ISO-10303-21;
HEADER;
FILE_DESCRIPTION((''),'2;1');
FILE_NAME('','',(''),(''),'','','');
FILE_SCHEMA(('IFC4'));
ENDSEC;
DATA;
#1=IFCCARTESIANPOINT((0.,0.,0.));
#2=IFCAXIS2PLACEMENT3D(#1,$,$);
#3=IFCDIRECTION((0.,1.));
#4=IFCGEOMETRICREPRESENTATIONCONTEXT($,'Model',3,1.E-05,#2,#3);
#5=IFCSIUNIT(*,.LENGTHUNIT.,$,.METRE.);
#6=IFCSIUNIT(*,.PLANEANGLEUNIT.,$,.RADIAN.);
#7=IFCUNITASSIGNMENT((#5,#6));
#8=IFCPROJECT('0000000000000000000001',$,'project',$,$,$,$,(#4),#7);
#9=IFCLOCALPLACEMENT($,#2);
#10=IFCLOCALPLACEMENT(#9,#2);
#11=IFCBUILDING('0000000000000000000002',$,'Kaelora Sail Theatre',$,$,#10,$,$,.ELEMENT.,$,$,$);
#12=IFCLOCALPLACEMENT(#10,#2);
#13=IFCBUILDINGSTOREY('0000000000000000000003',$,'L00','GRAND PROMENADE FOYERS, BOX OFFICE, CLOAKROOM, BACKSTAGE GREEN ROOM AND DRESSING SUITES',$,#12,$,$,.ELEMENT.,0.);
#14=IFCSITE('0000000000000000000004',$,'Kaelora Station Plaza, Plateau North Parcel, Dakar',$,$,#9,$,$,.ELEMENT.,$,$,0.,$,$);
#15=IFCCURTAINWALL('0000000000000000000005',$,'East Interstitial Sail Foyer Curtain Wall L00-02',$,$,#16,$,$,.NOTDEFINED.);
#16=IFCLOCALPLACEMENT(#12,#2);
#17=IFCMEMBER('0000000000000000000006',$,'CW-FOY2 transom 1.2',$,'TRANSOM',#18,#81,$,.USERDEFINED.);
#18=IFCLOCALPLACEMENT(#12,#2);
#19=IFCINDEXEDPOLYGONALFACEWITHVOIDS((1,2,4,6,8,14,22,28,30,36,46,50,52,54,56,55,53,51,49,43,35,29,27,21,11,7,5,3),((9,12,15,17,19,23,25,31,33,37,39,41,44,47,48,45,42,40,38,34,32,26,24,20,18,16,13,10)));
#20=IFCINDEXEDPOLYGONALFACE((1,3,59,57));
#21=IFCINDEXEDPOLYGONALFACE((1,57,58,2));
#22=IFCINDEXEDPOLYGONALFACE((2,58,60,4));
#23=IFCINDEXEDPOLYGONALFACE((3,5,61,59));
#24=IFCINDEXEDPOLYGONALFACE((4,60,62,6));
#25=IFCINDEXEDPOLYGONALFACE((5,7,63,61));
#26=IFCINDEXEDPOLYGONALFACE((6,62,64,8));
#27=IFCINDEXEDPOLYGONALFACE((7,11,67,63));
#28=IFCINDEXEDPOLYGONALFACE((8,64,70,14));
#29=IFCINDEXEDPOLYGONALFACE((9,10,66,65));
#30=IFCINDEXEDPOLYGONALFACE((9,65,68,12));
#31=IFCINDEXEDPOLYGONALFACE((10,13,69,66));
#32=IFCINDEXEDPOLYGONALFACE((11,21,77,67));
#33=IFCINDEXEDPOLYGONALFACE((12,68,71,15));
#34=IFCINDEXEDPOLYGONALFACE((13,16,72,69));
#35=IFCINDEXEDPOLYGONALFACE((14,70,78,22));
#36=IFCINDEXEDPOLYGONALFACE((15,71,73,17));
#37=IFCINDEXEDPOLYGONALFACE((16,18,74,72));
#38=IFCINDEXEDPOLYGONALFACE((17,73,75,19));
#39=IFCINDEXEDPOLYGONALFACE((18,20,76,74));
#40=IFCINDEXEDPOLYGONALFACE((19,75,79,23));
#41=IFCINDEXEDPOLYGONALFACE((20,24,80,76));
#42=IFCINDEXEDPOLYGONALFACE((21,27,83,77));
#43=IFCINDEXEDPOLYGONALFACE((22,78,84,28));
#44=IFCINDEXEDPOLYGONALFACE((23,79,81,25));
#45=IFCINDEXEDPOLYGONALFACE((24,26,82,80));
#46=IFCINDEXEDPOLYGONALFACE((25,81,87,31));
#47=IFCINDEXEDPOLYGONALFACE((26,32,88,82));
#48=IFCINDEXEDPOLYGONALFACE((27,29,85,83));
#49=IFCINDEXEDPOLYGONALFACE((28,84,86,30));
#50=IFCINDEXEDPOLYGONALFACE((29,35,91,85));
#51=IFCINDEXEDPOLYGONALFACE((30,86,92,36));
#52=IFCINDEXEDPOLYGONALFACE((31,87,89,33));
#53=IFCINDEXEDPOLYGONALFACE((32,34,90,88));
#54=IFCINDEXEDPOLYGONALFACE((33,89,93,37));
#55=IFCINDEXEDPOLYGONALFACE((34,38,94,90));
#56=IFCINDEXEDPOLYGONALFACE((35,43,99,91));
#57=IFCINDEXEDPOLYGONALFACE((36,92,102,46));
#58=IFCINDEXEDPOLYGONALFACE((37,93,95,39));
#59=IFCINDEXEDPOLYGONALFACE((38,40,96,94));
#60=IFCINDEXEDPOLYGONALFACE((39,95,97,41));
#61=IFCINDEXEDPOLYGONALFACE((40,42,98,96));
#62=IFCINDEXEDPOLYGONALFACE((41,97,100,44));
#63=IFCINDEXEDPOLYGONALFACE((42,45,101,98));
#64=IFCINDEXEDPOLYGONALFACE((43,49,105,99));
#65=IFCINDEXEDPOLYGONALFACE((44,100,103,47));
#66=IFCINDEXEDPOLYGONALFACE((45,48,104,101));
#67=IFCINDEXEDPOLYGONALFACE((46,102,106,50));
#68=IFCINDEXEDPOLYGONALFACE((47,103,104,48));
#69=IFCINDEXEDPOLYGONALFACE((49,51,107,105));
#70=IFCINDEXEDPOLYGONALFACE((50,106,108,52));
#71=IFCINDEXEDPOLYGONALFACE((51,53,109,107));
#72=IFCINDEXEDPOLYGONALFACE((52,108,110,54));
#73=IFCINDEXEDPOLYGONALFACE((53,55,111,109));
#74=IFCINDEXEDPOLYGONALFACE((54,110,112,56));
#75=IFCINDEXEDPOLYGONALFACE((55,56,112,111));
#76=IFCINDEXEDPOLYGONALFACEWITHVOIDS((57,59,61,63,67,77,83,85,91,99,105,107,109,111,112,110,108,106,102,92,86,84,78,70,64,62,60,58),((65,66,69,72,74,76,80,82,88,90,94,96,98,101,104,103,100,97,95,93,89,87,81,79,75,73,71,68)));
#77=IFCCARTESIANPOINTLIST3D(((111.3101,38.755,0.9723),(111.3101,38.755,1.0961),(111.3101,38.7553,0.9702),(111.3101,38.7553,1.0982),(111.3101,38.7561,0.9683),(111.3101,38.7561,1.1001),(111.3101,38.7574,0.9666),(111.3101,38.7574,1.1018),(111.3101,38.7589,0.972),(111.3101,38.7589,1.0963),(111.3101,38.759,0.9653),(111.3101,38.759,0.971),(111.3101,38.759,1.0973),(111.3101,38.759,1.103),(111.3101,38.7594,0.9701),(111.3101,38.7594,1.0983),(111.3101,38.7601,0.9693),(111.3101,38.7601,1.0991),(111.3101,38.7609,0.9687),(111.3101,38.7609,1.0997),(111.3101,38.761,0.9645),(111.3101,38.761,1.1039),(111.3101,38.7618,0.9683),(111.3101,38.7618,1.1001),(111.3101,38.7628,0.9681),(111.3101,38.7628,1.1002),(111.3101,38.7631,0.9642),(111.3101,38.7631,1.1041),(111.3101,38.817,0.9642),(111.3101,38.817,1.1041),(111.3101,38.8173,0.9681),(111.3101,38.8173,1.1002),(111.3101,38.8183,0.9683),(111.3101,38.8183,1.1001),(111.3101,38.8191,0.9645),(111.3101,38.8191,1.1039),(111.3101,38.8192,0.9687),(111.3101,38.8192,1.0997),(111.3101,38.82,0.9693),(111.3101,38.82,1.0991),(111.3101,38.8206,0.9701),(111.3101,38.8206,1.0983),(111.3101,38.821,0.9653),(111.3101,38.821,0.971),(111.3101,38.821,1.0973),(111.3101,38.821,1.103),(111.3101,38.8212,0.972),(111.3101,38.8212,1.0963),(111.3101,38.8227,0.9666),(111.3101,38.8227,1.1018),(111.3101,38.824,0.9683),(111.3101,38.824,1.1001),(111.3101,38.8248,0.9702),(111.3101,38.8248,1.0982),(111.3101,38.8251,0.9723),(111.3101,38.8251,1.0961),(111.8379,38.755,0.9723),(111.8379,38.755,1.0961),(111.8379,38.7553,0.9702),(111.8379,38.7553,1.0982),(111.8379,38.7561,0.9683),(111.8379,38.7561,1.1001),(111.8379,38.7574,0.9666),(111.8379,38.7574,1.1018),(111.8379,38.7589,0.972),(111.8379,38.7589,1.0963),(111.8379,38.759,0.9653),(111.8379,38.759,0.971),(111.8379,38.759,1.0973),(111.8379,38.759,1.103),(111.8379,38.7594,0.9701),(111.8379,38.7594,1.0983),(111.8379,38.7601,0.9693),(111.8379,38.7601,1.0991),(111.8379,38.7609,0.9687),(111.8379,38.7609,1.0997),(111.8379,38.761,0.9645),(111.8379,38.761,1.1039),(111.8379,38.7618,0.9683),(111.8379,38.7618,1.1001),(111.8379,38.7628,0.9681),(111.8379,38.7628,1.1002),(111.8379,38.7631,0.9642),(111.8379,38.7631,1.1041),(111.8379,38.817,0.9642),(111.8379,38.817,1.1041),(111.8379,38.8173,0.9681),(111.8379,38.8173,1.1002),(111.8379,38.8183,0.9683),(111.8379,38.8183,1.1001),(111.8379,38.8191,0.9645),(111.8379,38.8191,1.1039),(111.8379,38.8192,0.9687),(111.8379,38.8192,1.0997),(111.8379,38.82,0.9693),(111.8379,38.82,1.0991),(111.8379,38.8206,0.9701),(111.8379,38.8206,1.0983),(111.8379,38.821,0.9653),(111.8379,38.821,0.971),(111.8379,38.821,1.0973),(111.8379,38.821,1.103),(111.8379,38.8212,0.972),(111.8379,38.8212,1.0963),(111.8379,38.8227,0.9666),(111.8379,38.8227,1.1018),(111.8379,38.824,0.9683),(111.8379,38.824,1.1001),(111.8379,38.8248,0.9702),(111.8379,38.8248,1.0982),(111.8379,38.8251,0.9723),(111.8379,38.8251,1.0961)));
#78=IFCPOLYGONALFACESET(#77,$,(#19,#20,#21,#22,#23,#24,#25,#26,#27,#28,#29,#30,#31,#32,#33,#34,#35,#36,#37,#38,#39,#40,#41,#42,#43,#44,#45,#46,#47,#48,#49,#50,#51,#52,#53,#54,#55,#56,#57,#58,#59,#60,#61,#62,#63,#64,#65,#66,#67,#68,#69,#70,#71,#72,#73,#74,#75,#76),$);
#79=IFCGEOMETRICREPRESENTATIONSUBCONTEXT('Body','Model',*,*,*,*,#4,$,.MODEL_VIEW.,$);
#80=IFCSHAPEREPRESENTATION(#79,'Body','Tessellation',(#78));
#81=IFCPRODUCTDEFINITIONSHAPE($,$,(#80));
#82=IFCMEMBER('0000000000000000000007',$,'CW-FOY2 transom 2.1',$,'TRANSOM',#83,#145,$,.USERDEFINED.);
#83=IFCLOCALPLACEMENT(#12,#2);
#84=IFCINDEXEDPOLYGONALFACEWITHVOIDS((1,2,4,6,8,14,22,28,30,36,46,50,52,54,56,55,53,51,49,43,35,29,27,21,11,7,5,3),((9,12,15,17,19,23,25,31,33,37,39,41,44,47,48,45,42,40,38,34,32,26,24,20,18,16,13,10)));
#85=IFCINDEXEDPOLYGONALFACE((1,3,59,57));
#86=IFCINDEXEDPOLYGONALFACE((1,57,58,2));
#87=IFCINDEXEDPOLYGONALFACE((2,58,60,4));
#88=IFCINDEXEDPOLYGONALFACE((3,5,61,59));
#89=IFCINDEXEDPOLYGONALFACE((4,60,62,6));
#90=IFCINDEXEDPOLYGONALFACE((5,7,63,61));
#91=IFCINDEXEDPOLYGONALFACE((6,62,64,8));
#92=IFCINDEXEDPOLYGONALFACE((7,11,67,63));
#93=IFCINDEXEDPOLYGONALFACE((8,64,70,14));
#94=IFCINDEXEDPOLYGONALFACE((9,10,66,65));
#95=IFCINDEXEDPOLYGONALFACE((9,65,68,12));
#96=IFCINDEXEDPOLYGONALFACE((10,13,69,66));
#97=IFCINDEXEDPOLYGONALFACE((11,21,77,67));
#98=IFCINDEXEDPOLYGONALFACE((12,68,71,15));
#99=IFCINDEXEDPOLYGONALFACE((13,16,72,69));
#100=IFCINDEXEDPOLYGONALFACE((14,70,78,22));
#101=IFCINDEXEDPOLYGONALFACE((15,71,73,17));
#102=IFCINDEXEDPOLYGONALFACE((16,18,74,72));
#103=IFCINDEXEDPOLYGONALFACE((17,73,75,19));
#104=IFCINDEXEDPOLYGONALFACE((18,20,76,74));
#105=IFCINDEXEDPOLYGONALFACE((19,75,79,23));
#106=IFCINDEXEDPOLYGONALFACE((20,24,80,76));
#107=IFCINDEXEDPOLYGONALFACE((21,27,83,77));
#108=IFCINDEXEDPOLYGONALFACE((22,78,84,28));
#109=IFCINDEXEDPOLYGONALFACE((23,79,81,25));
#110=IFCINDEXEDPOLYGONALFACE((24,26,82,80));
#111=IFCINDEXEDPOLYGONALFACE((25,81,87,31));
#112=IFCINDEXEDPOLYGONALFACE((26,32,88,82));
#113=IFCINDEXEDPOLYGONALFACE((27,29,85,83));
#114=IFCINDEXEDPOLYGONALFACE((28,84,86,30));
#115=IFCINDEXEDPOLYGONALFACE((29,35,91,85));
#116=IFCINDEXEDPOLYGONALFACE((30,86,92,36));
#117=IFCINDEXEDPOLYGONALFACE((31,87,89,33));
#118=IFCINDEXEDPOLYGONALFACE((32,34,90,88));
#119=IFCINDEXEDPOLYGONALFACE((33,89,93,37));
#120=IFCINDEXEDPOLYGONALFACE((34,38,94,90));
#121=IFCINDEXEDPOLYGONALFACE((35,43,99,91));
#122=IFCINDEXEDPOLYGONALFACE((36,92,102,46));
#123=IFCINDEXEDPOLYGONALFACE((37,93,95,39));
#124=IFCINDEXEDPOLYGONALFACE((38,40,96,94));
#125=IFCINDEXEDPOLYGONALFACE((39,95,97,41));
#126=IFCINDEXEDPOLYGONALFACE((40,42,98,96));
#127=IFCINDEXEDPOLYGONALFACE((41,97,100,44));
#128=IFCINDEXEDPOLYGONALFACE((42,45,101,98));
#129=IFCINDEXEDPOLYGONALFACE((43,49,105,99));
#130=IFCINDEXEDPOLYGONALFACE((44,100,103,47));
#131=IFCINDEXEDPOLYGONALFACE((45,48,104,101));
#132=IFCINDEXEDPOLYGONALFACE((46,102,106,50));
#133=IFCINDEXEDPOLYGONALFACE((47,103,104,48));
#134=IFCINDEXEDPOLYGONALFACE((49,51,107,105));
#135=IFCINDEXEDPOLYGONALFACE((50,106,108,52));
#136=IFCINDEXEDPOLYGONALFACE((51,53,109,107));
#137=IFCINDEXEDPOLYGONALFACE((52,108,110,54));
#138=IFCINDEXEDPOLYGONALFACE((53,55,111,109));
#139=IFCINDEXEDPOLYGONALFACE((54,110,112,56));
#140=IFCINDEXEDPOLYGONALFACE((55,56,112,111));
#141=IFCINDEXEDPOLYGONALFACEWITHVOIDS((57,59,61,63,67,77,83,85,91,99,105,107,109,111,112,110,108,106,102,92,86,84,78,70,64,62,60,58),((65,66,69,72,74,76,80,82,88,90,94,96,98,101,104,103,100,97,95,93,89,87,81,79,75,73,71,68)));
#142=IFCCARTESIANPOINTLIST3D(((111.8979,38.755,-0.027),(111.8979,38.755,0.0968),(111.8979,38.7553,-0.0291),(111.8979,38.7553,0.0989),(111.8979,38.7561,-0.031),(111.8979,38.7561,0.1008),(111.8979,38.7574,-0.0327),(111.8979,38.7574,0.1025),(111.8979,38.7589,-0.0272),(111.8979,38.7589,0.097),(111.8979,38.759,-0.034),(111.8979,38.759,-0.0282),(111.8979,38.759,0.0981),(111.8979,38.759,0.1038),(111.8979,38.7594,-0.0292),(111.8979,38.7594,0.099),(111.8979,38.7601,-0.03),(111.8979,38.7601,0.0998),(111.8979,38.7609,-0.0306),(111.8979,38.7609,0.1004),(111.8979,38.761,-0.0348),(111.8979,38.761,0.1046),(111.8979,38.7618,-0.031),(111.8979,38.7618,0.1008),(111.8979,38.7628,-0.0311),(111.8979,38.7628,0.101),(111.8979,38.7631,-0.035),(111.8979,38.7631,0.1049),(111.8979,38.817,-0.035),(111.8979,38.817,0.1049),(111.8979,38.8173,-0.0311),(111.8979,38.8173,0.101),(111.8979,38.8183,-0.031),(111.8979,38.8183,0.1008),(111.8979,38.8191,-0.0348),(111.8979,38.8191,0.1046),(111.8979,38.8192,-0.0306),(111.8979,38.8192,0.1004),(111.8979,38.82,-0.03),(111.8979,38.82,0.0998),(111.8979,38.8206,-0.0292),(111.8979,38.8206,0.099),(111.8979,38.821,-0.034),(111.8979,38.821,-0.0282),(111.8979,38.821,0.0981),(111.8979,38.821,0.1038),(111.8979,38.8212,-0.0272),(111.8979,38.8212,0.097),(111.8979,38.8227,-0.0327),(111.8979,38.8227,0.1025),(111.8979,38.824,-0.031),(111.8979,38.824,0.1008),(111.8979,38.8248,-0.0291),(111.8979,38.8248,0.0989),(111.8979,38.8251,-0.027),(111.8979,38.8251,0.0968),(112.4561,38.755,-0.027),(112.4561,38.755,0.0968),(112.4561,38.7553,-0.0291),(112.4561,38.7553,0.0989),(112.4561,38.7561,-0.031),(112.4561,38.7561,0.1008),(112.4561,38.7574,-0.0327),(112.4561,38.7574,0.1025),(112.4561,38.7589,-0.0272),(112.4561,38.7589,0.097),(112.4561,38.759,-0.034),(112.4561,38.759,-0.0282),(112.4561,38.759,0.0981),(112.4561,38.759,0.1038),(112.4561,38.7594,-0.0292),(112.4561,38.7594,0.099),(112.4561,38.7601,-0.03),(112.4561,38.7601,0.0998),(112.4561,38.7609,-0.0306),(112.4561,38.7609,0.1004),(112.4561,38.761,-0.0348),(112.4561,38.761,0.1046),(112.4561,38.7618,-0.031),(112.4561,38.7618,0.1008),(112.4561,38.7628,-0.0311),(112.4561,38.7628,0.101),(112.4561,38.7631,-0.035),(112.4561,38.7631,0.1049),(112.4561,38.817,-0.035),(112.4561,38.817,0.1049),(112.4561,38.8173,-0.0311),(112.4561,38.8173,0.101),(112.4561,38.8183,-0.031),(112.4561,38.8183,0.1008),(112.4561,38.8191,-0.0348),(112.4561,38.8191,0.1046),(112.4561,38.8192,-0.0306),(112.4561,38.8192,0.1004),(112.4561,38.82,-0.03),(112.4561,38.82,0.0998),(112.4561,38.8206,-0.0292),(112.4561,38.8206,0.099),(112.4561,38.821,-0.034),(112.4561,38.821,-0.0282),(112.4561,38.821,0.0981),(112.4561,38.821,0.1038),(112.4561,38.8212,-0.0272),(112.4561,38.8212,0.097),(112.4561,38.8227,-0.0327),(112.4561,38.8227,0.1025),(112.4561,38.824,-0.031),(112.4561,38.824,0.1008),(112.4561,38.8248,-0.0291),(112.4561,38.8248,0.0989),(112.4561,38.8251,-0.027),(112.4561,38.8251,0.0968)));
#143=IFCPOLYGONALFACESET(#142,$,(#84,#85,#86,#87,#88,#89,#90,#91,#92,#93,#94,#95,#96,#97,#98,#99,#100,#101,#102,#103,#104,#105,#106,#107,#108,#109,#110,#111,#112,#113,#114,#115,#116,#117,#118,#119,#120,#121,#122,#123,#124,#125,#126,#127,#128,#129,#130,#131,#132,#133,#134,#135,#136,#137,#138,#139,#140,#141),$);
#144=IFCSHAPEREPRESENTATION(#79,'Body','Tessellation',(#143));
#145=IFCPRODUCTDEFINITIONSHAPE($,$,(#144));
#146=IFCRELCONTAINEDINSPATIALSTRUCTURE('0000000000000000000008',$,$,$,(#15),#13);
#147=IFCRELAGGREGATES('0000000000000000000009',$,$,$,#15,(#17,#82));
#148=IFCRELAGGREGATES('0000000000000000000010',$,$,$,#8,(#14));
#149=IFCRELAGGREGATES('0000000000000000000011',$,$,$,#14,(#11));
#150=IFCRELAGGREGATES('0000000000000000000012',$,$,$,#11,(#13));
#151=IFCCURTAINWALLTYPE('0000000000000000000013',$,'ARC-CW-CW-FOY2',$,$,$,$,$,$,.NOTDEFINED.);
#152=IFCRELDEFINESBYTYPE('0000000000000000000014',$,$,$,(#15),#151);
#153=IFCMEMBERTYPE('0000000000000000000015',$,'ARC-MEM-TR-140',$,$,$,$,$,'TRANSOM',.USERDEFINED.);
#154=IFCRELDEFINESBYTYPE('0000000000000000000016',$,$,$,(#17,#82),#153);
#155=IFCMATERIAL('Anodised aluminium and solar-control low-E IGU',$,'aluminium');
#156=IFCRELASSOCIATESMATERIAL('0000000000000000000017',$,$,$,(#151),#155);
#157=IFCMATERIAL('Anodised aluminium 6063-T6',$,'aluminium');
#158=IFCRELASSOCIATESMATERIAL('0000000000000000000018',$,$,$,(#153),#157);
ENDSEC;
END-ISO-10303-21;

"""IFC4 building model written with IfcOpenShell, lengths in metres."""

from ifc_helpers import new_model, si_unit, direction, frame, origin, origin_2d, place, context, subcontext, project, spatial, hollow_rectangle, extrude, material, material_profile, profile_set, type_object, element, aggregate, save


model = new_model("IFC4")

# Units and contexts
model_context = context("Model", 3, precision=1e-05, world=origin(), true_north=direction((0.0, 1.0)))
body_context = subcontext(model_context, "Body", "Model", "MODEL_VIEW")
ifc_project = project(units=[si_unit("LENGTHUNIT", "METRE"), si_unit("PLANEANGLEUNIT", "RADIAN")], contexts=[model_context])

# Site, building, storey
site_placement = place(None, origin())
site = spatial("IfcSite", under=ifc_project, at=site_placement, Name="Kaelora Station Plaza, Plateau North Parcel, Dakar", CompositionType="ELEMENT", RefElevation=0.0)
building_placement = place(site_placement, origin())
building = spatial("IfcBuilding", under=site, at=building_placement, Name="Kaelora Sail Theatre", CompositionType="ELEMENT")
storey_placement = place(building_placement, origin())
storey = spatial("IfcBuildingStorey", under=building, at=storey_placement, Name="L00", Description="GRAND PROMENADE FOYERS, BOX OFFICE, CLOAKROOM, BACKSTAGE GREEN ROOM AND DRESSING SUITES", CompositionType="ELEMENT", Elevation=0.0)

# Curtain wall
ifc_material_1 = material(Name="Anodised aluminium and solar-control low-E IGU", Category="aluminium")
curtain_wall_type = type_object("IfcCurtainWallType", Name="ARC-CW-CW-FOY2", PredefinedType="NOTDEFINED", material=ifc_material_1)
curtain_wall_1_placement = place(storey_placement, origin())
curtain_wall_1 = element("IfcCurtainWall", 1, at=curtain_wall_1_placement, inside=storey, type_object=curtain_wall_type, Name="East Interstitial Sail Foyer Curtain Wall L00-02", PredefinedType="NOTDEFINED")

# Members
ifc_material_2 = material(Name="Anodised aluminium 6063-T6", Category="aluminium")
ifc_material_profile_1 = material_profile(ifc_material_2, hollow_rectangle(XDim=0.0701, YDim=0.1399, WallThickness=0.0039, InnerFilletRadius=0.0039, OuterFilletRadius=0.0081, at=origin_2d()), Name="ALU-TRAN 70x140x4")
ifc_profile_set_1 = profile_set([ifc_material_profile_1], Name="Anodised aluminium 6063-T6")
member_type_1 = type_object("IfcMemberType", Name="ARC-MEM-TR-140", ElementType="TRANSOM", PredefinedType="USERDEFINED", material=ifc_profile_set_1)
member_1_placement = place(storey_placement, frame((111.3101, 38.79, 1.0342), z_axis=(1.0, 0.0, 0.0), x_axis=(0.0, 1.0, 0.0)))
member_1 = element("IfcMember", 2, at=member_1_placement, type_object=member_type_1, Name="CW-FOY2 transom 1.2", ObjectType="TRANSOM", PredefinedType="USERDEFINED", context=body_context, shape_type="SweptSolid", body=[
    extrude(hollow_rectangle(XDim=0.0701, YDim=0.1399, WallThickness=0.0039, InnerFilletRadius=0.0039, OuterFilletRadius=0.0081, at=origin_2d()), origin(), (0.0, 0.0, 1.0), 0.5278),
])
member_2_placement = place(storey_placement, frame((111.8979, 38.79, 0.0349), z_axis=(1.0, 0.0, 0.0), x_axis=(0.0, 1.0, 0.0)))
member_2 = element("IfcMember", 3, at=member_2_placement, type_object=member_type_1, Name="CW-FOY2 transom 2.1", ObjectType="TRANSOM", PredefinedType="USERDEFINED", context=body_context, shape_type="SweptSolid", body=[
    extrude(hollow_rectangle(XDim=0.0701, YDim=0.1399, WallThickness=0.0039, InnerFilletRadius=0.0039, OuterFilletRadius=0.0081, at=origin_2d()), origin(), (0.0, 0.0, 1.0), 0.5581),
])

aggregate(curtain_wall_1, [member_1, member_2])

save(model, "model.ifc")
